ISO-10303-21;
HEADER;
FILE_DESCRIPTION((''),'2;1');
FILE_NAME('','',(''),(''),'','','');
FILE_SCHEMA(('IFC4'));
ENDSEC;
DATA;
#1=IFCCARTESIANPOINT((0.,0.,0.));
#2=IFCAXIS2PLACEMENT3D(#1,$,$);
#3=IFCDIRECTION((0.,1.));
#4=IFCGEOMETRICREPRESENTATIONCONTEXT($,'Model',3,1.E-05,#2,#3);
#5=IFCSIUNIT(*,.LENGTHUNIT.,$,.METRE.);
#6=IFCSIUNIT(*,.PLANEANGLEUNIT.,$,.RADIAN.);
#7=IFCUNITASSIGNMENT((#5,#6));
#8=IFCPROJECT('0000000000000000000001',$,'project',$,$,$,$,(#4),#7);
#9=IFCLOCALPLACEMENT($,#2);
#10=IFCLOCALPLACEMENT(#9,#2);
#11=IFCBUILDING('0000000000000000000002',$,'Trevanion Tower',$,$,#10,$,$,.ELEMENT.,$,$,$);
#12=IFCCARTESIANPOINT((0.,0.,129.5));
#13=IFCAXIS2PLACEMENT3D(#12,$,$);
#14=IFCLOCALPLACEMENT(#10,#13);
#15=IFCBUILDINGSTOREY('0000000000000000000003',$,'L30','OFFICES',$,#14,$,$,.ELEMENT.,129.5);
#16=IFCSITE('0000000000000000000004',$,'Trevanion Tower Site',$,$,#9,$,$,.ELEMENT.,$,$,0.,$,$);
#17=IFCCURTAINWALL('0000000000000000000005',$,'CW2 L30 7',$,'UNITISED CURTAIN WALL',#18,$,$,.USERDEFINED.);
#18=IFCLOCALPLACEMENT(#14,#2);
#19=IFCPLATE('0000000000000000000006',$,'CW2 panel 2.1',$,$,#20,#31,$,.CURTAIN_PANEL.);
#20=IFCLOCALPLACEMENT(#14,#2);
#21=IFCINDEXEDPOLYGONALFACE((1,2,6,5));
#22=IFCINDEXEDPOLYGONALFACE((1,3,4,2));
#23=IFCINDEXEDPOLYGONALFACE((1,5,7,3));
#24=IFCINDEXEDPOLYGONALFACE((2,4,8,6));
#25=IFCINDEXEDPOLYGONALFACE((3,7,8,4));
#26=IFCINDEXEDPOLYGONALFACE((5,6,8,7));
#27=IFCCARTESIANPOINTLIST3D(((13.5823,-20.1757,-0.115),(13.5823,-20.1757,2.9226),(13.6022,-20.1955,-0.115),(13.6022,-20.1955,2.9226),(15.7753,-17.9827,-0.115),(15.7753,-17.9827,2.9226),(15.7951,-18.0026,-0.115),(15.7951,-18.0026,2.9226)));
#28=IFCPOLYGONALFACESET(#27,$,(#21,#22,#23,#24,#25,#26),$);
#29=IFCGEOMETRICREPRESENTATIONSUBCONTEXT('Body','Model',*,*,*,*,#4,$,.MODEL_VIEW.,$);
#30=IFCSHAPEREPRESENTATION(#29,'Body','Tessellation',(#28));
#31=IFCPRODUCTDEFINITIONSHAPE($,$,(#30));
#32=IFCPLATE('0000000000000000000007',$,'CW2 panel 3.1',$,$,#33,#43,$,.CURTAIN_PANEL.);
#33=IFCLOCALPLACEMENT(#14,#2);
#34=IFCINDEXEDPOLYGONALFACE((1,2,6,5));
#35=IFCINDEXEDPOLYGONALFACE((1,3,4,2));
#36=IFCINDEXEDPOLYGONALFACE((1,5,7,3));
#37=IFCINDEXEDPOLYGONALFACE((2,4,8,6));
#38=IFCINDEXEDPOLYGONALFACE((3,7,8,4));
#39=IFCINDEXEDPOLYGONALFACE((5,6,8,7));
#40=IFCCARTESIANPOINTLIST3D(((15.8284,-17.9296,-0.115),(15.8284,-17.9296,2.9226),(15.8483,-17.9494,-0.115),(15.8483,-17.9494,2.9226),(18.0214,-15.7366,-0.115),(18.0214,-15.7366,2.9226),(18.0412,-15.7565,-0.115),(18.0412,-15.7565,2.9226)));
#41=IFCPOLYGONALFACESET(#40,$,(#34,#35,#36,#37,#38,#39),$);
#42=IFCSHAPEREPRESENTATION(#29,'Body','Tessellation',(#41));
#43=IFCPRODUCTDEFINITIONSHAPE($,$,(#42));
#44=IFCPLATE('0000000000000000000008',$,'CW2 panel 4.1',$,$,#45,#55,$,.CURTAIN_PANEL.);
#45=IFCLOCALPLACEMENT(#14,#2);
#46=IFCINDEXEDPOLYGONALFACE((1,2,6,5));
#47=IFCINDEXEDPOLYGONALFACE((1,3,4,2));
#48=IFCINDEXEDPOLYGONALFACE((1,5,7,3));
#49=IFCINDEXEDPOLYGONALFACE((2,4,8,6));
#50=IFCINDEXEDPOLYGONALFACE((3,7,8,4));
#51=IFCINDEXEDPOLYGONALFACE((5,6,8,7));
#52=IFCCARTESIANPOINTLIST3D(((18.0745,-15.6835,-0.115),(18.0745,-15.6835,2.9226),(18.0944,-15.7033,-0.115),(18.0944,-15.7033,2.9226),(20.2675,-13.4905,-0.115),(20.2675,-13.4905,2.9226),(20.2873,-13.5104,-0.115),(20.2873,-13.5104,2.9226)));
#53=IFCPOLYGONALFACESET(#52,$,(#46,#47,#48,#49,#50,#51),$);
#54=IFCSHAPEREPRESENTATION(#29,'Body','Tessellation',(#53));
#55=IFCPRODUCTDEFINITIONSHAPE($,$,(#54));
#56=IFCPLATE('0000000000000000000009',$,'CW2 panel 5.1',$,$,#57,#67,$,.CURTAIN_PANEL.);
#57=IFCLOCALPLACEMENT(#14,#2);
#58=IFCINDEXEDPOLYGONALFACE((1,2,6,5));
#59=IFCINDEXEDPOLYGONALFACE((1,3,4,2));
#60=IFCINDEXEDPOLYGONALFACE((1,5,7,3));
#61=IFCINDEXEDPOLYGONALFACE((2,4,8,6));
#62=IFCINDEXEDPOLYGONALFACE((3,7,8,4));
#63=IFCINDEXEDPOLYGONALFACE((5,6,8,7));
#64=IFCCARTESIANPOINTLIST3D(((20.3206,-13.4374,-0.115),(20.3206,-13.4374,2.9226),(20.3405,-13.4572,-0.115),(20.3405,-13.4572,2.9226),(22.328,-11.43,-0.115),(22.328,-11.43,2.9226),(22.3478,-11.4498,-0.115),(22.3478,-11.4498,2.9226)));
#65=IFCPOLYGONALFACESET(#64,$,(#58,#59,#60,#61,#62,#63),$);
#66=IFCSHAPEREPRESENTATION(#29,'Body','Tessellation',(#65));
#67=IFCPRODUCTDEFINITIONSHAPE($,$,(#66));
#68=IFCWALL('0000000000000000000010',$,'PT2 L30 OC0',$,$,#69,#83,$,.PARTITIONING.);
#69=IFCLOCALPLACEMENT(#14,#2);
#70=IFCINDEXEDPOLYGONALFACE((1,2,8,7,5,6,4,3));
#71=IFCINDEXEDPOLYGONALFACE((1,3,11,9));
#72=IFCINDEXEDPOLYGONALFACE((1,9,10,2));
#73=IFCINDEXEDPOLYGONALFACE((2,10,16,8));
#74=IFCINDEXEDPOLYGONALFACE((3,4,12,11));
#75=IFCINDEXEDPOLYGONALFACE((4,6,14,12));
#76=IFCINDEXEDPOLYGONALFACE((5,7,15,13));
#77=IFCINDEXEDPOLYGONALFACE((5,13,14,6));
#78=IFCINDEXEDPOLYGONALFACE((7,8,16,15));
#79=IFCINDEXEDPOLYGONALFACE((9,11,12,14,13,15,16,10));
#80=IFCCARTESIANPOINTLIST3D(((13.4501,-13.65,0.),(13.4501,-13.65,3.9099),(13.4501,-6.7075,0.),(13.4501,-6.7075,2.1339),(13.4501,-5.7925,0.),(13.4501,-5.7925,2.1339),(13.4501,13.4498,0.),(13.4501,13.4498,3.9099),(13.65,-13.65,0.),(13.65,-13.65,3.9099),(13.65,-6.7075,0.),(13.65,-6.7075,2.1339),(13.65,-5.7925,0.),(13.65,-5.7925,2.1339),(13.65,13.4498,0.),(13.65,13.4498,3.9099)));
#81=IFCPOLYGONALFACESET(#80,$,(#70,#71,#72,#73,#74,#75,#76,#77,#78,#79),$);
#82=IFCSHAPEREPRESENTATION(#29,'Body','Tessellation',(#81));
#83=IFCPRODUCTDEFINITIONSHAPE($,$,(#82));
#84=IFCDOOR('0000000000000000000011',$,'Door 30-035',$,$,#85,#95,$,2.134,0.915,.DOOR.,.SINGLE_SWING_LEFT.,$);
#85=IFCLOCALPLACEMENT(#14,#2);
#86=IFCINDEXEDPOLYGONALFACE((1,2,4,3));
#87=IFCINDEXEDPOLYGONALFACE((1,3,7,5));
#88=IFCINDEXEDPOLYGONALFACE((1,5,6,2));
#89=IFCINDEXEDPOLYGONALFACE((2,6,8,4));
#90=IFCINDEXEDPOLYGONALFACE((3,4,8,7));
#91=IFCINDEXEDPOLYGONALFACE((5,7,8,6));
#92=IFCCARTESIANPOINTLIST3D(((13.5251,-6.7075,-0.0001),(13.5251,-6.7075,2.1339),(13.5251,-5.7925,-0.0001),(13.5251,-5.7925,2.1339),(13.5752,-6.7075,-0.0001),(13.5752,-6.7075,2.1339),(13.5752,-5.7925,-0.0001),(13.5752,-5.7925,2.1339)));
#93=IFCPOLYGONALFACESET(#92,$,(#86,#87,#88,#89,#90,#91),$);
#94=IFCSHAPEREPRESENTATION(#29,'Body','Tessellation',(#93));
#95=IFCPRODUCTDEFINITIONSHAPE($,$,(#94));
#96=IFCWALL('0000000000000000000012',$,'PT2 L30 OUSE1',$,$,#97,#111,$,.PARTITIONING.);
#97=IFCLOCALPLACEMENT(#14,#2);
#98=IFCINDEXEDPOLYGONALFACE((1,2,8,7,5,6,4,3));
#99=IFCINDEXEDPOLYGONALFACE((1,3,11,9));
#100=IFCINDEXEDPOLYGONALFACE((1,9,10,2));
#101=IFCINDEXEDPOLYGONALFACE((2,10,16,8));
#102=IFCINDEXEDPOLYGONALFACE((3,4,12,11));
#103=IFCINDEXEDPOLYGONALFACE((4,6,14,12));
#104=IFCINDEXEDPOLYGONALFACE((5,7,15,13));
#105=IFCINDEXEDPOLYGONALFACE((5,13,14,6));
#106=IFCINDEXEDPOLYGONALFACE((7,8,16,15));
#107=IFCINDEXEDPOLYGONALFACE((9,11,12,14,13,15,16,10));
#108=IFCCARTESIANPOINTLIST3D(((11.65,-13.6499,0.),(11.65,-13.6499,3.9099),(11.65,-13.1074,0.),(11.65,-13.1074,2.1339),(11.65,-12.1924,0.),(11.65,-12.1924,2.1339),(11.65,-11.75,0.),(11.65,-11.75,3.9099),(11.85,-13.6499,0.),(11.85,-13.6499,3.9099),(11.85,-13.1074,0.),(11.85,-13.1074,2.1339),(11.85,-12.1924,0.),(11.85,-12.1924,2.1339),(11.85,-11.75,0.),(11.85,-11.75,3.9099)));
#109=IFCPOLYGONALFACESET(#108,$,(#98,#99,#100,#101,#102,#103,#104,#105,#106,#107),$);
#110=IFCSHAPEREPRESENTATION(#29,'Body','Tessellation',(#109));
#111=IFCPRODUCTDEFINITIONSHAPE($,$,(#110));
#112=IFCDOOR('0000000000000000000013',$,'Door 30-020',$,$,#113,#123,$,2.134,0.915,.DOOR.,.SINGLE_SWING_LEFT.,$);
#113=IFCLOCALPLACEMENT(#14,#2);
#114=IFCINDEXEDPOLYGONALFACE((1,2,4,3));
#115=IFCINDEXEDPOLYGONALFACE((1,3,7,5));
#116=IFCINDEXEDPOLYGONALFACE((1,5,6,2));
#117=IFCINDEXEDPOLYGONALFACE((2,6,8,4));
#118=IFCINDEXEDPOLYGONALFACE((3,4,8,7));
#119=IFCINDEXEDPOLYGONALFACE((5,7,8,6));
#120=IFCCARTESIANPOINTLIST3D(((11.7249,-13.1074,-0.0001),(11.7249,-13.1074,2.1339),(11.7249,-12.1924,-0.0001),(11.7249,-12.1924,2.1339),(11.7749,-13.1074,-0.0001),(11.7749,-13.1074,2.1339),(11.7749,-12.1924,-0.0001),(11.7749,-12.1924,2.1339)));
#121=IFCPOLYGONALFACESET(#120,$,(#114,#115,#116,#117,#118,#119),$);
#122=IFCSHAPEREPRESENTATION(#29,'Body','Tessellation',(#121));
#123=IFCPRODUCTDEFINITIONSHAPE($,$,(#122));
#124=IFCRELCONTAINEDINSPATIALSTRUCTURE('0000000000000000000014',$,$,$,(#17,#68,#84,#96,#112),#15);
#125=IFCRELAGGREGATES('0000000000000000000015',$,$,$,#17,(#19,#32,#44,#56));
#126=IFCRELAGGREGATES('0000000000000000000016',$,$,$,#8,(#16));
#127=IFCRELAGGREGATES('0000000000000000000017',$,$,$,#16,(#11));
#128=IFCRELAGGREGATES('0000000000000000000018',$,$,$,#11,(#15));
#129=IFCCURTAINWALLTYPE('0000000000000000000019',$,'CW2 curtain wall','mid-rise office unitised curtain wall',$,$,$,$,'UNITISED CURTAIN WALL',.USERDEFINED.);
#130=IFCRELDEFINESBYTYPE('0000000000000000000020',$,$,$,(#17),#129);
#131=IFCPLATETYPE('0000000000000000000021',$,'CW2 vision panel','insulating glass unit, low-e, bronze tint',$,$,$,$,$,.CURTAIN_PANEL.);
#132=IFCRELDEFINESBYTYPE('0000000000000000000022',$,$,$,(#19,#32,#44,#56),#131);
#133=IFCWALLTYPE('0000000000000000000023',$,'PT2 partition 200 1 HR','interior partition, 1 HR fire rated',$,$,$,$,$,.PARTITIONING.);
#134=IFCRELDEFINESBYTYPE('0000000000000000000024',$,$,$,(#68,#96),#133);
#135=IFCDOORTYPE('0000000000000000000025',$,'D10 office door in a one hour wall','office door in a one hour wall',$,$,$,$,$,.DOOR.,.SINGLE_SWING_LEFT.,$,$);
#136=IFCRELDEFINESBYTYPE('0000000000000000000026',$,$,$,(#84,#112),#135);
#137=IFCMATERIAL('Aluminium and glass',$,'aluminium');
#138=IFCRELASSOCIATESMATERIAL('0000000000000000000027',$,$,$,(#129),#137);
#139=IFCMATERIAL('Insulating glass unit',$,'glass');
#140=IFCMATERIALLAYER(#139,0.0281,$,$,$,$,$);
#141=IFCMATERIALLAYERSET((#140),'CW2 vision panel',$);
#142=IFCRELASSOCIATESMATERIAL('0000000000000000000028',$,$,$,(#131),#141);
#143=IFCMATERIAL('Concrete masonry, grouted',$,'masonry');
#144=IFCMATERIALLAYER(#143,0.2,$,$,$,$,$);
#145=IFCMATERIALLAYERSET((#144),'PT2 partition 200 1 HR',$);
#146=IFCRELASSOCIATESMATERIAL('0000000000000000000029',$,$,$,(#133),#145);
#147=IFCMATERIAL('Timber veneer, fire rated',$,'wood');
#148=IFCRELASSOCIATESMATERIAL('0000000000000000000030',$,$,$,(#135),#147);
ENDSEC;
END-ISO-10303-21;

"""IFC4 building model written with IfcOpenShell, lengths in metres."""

from ifc_helpers import new_model, si_unit, direction, frame, frame_2d, origin, origin_2d, place, context, subcontext, project, spatial, rectangle, extrude, material, layer, layer_set, type_object, element, fill, aggregate, save


model = new_model("IFC4")

# Units and contexts
model_context = context("Model", 3, precision=1e-05, world=origin(), true_north=direction((0.0, 1.0)))
body_context = subcontext(model_context, "Body", "Model", "MODEL_VIEW")
ifc_project = project(units=[si_unit("LENGTHUNIT", "METRE"), si_unit("PLANEANGLEUNIT", "RADIAN")], contexts=[model_context])

# Site, building, storey
site_placement = place(None, origin())
site = spatial("IfcSite", under=ifc_project, at=site_placement, Name="Trevanion Tower Site", CompositionType="ELEMENT", RefElevation=0.0)
building_placement = place(site_placement, origin())
building = spatial("IfcBuilding", under=site, at=building_placement, Name="Trevanion Tower", CompositionType="ELEMENT")
storey_placement = place(building_placement, frame((0.0, 0.0, 129.5)))
storey = spatial("IfcBuildingStorey", under=building, at=storey_placement, Name="L30", Description="OFFICES", CompositionType="ELEMENT", Elevation=129.5)

# Curtain wall
ifc_material_1 = material(Name="Aluminium and glass", Category="aluminium")
curtain_wall_type = type_object("IfcCurtainWallType", Name="CW2 curtain wall", Description="mid-rise office unitised curtain wall", ElementType="UNITISED CURTAIN WALL", PredefinedType="USERDEFINED", material=ifc_material_1)
curtain_wall_placement = place(storey_placement, origin())
curtain_wall = element("IfcCurtainWall", 1, at=curtain_wall_placement, inside=storey, type_object=curtain_wall_type, Name="CW2 L30 7", ObjectType="UNITISED CURTAIN WALL", PredefinedType="USERDEFINED")

# Plates
ifc_material_2 = material(Name="Insulating glass unit", Category="glass")
ifc_layer_1 = layer(ifc_material_2, 0.0281)
ifc_layer_set_1 = layer_set([ifc_layer_1], Name="CW2 vision panel")
plate_type_1 = type_object("IfcPlateType", Name="CW2 vision panel", Description="insulating glass unit, low-e, bronze tint", PredefinedType="CURTAIN_PANEL", material=ifc_layer_set_1)
plate_1_placement = place(storey_placement, frame((14.6887, -19.0891, -0.115), z_axis=(0.0, 0.0, 1.0), x_axis=(0.707107, 0.707107, 0.0)))
plate_1 = element("IfcPlate", 2, at=plate_1_placement, type_object=plate_type_1, Name="CW2 panel 2.1", PredefinedType="CURTAIN_PANEL", context=body_context, shape_type="SweptSolid", body=[
    extrude(rectangle(XDim=3.1013, YDim=0.0281, at=origin_2d()), origin(), (0.0, 0.0, 1.0), 3.0376),
])
plate_2_placement = place(storey_placement, frame((16.9348, -16.843, -0.115), z_axis=(0.0, 0.0, 1.0), x_axis=(0.707107, 0.707107, 0.0)))
plate_2 = element("IfcPlate", 3, at=plate_2_placement, type_object=plate_type_1, Name="CW2 panel 3.1", PredefinedType="CURTAIN_PANEL", context=body_context, shape_type="SweptSolid", body=[
    extrude(rectangle(XDim=3.1013, YDim=0.0281, at=origin_2d()), origin(), (0.0, 0.0, 1.0), 3.0376),
])
plate_3_placement = place(storey_placement, frame((19.1809, -14.5969, -0.115), z_axis=(0.0, 0.0, 1.0), x_axis=(0.707107, 0.707107, 0.0)))
plate_3 = element("IfcPlate", 4, at=plate_3_placement, type_object=plate_type_1, Name="CW2 panel 4.1", PredefinedType="CURTAIN_PANEL", context=body_context, shape_type="SweptSolid", body=[
    extrude(rectangle(XDim=3.1013, YDim=0.0281, at=origin_2d()), origin(), (0.0, 0.0, 1.0), 3.0376),
])
plate_4_placement = place(storey_placement, frame((21.3342, -12.4436, -0.115), z_axis=(0.0, 0.0, 1.0), x_axis=(0.707107, 0.707107, 0.0)))
plate_4 = element("IfcPlate", 5, at=plate_4_placement, type_object=plate_type_1, Name="CW2 panel 5.1", PredefinedType="CURTAIN_PANEL", context=body_context, shape_type="SweptSolid", body=[
    extrude(rectangle(XDim=2.8389, YDim=0.0281, at=origin_2d()), origin(), (0.0, 0.0, 1.0), 3.0376),
])
aggregate(curtain_wall, [plate_1, plate_2, plate_3, plate_4])

# Walls, openings, doors
ifc_material_3 = material(Name="Concrete masonry, grouted", Category="masonry")
ifc_layer_2 = layer(ifc_material_3, 0.2)
ifc_layer_set_2 = layer_set([ifc_layer_2], Name="PT2 partition 200 1 HR")
wall_type = type_object("IfcWallType", Name="PT2 partition 200 1 HR", Description="interior partition, 1 HR fire rated", PredefinedType="PARTITIONING", material=ifc_layer_set_2)
wall_1_placement = place(storey_placement, frame((13.55, -13.6499, 0.0), z_axis=(0.0, 0.0, 1.0), x_axis=(0.0, 1.0, 0.0)))
wall_1 = element("IfcWall", 6, at=wall_1_placement, inside=storey, type_object=wall_type, Name="PT2 L30 OC0", PredefinedType="PARTITIONING", context=body_context, shape_type="SweptSolid", body=[
    extrude(rectangle(XDim=27.0999, YDim=0.2, at=frame_2d((13.5498, 0.0))), origin(), (0.0, 0.0, 1.0), 3.9099),
])
opening_1_placement = place(wall_1_placement, frame((6.9424, 0.0, 0.0)))
opening_1 = element("IfcOpeningElement", 7, at=opening_1_placement, cuts=wall_1, PredefinedType="OPENING", context=body_context, shape_type="SweptSolid", body=[
    extrude(rectangle(XDim=0.915, YDim=2.134, at=frame_2d((0.4575, 1.0669))), frame((0.0, 0.1099, 0.0), z_axis=(0.0, -1.0, 0.0), x_axis=(1.0, 0.0, 0.0)), (0.0, 0.0, 1.0), 0.22),
])
ifc_material_4 = material(Name="Timber veneer, fire rated", Category="wood")
door_type = type_object("IfcDoorType", Name="D10 office door in a one hour wall", Description="office door in a one hour wall", OperationType="SINGLE_SWING_LEFT", PredefinedType="DOOR", material=ifc_material_4)
door_1_placement = place(opening_1_placement, origin())
door_1 = element("IfcDoor", 8, at=door_1_placement, inside=storey, type_object=door_type, Name="Door 30-035", OperationType="SINGLE_SWING_LEFT", OverallHeight=2.134, OverallWidth=0.915, PredefinedType="DOOR", context=body_context, shape_type="SweptSolid", body=[
    extrude(rectangle(XDim=0.915, YDim=2.134, at=frame_2d((0.4575, 1.0669))), frame((0.0, 0.0249, 0.0), z_axis=(0.0, -1.0, 0.0), x_axis=(1.0, 0.0, 0.0)), (0.0, 0.0, 1.0), 0.05),
])
fill(opening_1, door_1)
wall_2_placement = place(storey_placement, frame((11.75, -11.75, 0.0), z_axis=(0.0, 0.0, 1.0), x_axis=(0.0, -1.0, 0.0)))
wall_2 = element("IfcWall", 9, at=wall_2_placement, inside=storey, type_object=wall_type, Name="PT2 L30 OUSE1", PredefinedType="PARTITIONING", context=body_context, shape_type="SweptSolid", body=[
    extrude(rectangle(XDim=1.8999, YDim=0.2, at=frame_2d((0.95, 0.0))), origin(), (0.0, 0.0, 1.0), 3.9099),
])
opening_2_placement = place(wall_2_placement, frame((0.4424, 0.0, 0.0)))
opening_2 = element("IfcOpeningElement", 10, at=opening_2_placement, cuts=wall_2, PredefinedType="OPENING", context=body_context, shape_type="SweptSolid", body=[
    extrude(rectangle(XDim=0.915, YDim=2.134, at=frame_2d((0.4575, 1.0669))), frame((0.0, 0.1099, 0.0), z_axis=(0.0, -1.0, 0.0), x_axis=(1.0, 0.0, 0.0)), (0.0, 0.0, 1.0), 0.22),
])
door_2_placement = place(opening_2_placement, origin())
door_2 = element("IfcDoor", 11, at=door_2_placement, inside=storey, type_object=door_type, Name="Door 30-020", OperationType="SINGLE_SWING_LEFT", OverallHeight=2.134, OverallWidth=0.915, PredefinedType="DOOR", context=body_context, shape_type="SweptSolid", body=[
    extrude(rectangle(XDim=0.915, YDim=2.134, at=frame_2d((0.4575, 1.0669))), frame((0.0, 0.0249, 0.0), z_axis=(0.0, -1.0, 0.0), x_axis=(1.0, 0.0, 0.0)), (0.0, 0.0, 1.0), 0.05),
])
fill(opening_2, door_2)

save(model, "model.ifc")
